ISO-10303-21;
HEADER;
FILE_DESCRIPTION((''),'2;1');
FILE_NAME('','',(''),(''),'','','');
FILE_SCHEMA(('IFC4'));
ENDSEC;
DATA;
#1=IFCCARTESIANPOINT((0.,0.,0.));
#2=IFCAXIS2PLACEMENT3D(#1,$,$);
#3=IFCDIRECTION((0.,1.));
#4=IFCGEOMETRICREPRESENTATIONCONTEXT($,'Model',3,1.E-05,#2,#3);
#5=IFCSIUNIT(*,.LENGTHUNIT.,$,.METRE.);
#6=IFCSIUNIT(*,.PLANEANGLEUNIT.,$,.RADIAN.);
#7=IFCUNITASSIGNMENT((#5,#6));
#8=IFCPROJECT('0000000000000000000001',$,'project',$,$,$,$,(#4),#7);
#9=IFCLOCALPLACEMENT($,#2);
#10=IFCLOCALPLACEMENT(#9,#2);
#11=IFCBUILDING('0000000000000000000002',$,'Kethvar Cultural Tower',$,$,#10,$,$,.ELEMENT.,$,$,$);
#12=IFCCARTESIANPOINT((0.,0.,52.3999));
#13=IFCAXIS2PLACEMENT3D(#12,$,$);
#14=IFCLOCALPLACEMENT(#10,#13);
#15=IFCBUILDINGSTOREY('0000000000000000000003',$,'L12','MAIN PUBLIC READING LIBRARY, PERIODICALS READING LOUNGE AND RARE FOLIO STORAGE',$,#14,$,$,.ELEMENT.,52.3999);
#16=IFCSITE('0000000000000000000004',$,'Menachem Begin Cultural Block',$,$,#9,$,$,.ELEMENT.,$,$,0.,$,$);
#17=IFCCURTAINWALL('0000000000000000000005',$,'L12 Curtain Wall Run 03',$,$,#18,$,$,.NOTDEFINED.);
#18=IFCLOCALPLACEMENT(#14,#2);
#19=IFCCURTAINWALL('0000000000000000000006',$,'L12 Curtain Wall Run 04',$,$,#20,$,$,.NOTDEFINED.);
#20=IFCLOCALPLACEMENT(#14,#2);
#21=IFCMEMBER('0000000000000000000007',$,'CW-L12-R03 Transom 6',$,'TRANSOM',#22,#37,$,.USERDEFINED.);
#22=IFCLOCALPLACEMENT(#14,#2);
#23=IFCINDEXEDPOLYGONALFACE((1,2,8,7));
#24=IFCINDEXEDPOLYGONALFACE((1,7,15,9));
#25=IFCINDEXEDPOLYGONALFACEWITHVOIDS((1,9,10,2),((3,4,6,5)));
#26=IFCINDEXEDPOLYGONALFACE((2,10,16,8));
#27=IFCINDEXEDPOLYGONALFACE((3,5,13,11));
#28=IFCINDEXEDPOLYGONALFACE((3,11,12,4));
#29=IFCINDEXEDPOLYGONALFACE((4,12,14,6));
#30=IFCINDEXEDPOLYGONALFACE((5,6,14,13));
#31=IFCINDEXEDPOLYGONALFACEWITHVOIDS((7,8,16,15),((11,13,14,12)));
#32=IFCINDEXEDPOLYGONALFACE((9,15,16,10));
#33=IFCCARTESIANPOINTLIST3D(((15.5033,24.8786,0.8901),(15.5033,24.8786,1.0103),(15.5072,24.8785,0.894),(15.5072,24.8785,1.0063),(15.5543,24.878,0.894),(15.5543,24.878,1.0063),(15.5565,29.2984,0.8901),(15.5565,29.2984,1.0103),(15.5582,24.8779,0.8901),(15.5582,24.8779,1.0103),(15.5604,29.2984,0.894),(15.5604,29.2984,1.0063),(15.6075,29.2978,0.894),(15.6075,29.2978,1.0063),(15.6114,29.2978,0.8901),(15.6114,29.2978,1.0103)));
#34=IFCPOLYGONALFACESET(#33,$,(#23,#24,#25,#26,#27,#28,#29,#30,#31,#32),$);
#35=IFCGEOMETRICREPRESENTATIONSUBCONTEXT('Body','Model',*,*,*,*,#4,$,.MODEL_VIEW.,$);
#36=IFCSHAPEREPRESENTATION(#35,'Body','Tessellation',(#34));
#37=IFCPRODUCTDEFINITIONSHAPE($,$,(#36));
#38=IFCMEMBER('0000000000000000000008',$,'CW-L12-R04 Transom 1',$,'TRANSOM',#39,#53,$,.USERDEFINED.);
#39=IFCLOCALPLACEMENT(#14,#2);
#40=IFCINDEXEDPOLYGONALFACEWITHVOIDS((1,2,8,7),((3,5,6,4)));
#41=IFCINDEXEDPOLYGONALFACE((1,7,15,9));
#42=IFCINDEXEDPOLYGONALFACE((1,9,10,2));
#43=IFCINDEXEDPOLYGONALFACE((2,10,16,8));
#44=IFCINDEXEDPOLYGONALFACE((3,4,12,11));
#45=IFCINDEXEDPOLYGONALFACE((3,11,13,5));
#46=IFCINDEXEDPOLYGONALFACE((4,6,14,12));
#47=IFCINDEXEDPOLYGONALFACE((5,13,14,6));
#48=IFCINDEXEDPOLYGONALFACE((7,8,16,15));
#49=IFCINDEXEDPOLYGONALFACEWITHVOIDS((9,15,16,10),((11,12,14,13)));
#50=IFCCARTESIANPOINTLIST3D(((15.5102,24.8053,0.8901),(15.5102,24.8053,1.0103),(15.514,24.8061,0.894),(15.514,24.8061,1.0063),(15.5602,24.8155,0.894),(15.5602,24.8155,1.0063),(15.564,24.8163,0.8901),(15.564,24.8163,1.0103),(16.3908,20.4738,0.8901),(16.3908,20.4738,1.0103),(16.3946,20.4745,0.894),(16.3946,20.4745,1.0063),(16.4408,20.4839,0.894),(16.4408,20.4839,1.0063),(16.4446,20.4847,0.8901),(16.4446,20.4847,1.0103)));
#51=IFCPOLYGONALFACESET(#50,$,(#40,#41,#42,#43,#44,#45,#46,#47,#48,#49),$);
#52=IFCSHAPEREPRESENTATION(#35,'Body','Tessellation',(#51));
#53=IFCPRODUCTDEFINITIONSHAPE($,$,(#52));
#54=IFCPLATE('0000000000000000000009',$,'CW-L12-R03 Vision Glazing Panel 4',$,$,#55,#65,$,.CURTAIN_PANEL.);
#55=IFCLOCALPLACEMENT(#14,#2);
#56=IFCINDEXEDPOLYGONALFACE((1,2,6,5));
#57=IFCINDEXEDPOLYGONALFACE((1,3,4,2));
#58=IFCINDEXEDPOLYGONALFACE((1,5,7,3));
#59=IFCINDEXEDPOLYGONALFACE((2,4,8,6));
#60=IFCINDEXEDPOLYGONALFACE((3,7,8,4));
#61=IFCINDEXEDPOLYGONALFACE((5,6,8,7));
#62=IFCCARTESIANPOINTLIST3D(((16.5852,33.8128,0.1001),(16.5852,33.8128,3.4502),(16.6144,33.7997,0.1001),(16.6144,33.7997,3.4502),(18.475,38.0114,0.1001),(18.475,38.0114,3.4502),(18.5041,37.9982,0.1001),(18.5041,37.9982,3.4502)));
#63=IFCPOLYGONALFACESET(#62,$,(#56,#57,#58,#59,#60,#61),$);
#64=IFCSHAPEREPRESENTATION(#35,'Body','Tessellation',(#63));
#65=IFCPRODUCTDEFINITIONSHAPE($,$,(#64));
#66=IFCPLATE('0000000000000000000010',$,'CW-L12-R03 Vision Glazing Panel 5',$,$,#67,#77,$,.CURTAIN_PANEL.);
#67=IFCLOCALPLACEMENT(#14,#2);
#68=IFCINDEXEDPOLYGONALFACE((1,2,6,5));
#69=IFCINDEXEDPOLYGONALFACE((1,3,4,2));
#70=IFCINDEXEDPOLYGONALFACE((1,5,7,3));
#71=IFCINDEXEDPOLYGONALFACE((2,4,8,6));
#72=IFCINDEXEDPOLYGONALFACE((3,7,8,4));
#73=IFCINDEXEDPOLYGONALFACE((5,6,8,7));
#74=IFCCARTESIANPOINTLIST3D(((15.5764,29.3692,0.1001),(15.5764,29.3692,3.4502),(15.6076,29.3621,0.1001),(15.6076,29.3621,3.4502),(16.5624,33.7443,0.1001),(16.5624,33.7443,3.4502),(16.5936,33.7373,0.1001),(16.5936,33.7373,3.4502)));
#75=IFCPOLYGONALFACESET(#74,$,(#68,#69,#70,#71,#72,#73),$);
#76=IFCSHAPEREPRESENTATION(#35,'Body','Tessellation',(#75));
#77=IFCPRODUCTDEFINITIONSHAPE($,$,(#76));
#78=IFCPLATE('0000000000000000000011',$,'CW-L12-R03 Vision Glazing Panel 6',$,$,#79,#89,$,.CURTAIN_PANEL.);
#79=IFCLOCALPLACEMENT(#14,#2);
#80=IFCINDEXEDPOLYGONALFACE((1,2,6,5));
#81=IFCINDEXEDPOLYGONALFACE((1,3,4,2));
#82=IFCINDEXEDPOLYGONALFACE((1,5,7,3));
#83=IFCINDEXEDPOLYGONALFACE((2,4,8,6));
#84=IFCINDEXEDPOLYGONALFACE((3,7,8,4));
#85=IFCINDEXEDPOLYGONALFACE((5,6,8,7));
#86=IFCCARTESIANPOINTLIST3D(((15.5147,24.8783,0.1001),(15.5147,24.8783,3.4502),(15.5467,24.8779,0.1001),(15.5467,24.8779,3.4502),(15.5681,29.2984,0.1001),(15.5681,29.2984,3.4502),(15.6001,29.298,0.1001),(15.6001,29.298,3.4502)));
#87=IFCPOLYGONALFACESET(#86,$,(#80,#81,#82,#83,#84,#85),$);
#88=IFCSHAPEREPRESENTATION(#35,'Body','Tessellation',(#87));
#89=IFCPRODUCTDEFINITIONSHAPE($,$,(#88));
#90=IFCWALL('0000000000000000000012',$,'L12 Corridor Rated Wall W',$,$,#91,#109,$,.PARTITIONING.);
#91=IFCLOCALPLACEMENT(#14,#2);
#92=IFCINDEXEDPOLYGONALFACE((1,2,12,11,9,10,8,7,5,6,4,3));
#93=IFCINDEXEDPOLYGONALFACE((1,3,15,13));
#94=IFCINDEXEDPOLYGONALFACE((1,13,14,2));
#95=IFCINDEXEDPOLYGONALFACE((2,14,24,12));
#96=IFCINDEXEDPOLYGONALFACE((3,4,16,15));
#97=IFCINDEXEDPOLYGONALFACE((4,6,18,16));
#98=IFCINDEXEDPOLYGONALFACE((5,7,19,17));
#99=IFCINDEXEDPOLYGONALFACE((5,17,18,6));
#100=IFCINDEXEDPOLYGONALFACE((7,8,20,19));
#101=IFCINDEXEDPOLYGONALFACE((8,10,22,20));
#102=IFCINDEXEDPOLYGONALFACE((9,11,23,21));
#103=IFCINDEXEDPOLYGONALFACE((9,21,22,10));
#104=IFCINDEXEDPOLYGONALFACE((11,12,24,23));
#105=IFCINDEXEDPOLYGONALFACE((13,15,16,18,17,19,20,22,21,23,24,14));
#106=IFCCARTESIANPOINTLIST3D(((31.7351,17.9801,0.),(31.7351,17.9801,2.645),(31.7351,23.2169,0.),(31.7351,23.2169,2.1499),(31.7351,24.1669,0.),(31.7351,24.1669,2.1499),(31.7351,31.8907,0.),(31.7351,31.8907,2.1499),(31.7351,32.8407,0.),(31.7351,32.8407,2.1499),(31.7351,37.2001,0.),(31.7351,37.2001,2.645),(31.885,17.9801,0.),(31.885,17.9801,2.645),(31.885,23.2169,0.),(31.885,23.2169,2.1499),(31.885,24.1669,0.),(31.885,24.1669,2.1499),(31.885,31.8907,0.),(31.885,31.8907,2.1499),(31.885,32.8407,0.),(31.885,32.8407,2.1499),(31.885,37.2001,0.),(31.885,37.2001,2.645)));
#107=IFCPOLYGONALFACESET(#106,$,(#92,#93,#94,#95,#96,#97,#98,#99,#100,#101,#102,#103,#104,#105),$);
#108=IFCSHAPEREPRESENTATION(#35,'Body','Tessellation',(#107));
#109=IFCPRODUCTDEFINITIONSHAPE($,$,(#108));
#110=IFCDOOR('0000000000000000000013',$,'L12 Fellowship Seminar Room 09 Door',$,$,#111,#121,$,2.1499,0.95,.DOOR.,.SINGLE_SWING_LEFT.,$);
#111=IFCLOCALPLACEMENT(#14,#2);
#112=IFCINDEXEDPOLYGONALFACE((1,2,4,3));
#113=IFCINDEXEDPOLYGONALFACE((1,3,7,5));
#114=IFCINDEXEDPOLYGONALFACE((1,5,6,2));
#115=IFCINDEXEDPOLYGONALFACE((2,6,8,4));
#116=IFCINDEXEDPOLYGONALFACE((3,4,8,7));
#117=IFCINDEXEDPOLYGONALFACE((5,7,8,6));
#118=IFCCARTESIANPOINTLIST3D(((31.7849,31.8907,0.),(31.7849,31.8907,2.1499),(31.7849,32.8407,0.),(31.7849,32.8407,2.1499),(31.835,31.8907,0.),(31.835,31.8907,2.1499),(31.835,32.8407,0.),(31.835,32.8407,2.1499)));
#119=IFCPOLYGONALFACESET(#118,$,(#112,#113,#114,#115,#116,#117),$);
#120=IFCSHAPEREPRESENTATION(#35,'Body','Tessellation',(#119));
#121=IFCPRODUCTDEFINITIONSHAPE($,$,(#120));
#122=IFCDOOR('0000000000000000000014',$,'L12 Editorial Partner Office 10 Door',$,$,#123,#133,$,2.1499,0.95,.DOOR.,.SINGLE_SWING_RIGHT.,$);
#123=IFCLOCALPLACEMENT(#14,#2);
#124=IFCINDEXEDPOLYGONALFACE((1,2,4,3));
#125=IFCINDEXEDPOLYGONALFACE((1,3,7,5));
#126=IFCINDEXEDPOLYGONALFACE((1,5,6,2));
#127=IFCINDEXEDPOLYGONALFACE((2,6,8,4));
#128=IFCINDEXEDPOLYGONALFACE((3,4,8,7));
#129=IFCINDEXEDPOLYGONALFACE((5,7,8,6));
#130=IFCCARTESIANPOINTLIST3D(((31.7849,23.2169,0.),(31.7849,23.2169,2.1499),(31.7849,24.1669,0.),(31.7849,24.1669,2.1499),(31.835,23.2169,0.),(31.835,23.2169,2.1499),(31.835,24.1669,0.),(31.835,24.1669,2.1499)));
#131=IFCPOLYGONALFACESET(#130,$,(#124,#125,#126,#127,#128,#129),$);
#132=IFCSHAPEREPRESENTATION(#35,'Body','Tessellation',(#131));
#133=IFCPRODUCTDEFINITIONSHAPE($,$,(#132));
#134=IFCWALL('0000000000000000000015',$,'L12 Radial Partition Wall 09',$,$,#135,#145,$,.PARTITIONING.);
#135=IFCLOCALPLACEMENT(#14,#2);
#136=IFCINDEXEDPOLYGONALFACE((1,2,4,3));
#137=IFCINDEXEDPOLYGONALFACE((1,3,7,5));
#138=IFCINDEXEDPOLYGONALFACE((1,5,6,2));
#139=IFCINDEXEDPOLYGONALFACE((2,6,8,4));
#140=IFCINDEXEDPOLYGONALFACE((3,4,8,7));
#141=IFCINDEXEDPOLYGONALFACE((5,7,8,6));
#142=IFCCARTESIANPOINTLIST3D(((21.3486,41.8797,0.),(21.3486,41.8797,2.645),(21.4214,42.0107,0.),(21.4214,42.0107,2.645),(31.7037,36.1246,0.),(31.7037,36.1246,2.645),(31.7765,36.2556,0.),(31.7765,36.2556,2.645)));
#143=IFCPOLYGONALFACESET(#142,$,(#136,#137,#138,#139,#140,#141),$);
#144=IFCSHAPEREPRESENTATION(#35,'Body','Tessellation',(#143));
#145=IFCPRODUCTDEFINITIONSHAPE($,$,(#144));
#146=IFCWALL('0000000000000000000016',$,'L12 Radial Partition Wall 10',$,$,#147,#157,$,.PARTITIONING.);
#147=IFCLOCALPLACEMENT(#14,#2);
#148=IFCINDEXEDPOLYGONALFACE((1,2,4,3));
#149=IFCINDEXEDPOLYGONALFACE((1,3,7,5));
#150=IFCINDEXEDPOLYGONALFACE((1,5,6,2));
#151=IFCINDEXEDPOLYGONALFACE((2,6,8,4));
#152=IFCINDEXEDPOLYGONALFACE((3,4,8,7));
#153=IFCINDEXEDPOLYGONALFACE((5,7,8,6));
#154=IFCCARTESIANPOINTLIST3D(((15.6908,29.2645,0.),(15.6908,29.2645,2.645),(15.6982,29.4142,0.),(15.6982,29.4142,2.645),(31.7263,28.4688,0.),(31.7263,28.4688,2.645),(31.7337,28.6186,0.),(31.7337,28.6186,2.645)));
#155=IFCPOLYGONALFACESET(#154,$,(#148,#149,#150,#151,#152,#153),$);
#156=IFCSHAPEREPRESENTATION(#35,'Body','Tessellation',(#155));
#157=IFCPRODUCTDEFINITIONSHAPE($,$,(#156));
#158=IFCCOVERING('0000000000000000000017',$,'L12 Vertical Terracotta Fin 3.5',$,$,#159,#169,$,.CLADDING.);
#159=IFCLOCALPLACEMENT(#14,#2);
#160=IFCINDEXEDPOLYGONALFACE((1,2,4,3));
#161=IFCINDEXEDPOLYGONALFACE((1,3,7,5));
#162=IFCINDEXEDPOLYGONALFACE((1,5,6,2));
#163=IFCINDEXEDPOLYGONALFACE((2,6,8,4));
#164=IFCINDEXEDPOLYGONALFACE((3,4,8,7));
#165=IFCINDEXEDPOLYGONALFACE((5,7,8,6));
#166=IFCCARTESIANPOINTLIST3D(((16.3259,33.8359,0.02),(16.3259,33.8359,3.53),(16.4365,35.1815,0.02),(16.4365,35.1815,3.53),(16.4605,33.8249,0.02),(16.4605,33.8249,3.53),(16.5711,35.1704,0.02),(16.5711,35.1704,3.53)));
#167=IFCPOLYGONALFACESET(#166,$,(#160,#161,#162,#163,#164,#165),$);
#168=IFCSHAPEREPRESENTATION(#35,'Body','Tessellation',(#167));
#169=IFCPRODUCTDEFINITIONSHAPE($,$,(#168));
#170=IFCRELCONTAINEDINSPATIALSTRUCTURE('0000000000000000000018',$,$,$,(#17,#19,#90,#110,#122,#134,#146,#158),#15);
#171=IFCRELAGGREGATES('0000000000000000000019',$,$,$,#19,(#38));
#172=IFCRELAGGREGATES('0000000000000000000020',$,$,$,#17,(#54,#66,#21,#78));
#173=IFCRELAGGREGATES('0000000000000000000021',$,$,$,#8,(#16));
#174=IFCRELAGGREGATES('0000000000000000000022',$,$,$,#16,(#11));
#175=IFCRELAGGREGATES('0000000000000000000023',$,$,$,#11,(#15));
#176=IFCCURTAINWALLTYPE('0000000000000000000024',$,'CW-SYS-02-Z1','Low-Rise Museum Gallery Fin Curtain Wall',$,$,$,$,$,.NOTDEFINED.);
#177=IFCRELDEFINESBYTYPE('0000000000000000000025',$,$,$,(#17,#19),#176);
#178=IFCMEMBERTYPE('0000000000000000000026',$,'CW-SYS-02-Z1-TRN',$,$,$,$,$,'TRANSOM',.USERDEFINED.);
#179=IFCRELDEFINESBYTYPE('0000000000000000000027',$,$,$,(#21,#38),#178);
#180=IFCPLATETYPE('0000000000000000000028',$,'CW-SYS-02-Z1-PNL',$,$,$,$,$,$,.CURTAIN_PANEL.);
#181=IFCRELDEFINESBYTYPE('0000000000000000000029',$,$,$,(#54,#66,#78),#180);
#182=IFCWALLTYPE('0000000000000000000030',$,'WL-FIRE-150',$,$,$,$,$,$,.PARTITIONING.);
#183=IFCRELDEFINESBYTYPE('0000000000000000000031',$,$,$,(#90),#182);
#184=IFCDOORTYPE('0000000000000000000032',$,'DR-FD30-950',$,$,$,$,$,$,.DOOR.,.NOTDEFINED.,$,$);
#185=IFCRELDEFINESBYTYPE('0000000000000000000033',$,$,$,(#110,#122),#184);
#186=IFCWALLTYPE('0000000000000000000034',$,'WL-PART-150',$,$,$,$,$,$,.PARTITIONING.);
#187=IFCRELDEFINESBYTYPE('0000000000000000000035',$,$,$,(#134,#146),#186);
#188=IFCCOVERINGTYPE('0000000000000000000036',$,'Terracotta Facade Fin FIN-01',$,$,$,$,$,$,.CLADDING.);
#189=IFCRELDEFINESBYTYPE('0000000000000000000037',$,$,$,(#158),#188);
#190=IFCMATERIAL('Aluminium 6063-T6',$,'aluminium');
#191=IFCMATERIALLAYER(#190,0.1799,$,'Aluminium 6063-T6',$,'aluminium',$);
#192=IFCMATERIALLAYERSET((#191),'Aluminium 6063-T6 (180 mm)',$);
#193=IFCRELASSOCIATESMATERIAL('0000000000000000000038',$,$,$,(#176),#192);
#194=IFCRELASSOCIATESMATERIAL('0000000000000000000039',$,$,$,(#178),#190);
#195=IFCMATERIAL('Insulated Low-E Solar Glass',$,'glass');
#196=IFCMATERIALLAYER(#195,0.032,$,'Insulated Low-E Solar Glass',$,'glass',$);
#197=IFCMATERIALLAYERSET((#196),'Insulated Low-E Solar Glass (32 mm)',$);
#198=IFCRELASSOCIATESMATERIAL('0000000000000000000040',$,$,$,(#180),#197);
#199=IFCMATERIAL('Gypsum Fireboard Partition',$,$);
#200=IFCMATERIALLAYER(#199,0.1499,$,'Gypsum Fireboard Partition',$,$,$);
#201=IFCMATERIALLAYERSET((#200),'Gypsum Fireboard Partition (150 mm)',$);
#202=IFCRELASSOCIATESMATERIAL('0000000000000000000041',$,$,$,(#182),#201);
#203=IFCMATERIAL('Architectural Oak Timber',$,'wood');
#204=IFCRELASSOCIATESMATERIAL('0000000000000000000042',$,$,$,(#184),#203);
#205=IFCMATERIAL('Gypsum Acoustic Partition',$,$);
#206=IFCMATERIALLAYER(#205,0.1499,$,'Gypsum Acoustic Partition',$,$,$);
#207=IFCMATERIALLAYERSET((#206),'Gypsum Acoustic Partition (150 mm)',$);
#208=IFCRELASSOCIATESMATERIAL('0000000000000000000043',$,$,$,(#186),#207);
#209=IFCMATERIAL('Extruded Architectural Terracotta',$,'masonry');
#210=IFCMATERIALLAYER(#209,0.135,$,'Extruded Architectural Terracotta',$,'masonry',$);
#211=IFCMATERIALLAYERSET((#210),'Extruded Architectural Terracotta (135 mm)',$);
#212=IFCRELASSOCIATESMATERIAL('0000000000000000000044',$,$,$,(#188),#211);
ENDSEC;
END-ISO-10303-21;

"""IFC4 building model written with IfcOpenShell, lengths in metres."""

from ifc_helpers import new_model, si_unit, direction, frame, frame_2d, origin, origin_2d, place, context, subcontext, project, spatial, rectangle, hollow_rectangle, extrude, source, transform, mapped, material, layer, layer_set, material_profile, profile_set, type_object, element, fill, aggregate, save


model = new_model("IFC4")

# Units and contexts
model_context = context("Model", 3, precision=1e-05, world=origin(), true_north=direction((0.0, 1.0)))
body_context = subcontext(model_context, "Body", "Model", "MODEL_VIEW")
ifc_project = project(units=[si_unit("LENGTHUNIT", "METRE"), si_unit("PLANEANGLEUNIT", "RADIAN")], contexts=[model_context])

# Site, building, storey
site_placement = place(None, origin())
site = spatial("IfcSite", under=ifc_project, at=site_placement, Name="Menachem Begin Cultural Block", CompositionType="ELEMENT", RefElevation=0.0)
building_placement = place(site_placement, origin())
building = spatial("IfcBuilding", under=site, at=building_placement, Name="Kethvar Cultural Tower", CompositionType="ELEMENT")
storey_placement = place(building_placement, frame((0.0, 0.0, 52.3999)))
storey = spatial("IfcBuildingStorey", under=building, at=storey_placement, Name="L12", Description="MAIN PUBLIC READING LIBRARY, PERIODICALS READING LOUNGE AND RARE FOLIO STORAGE", CompositionType="ELEMENT", Elevation=52.3999)

# Curtain wall
ifc_material_1 = material(Name="Aluminium 6063-T6", Category="aluminium")
ifc_layer_1 = layer(ifc_material_1, 0.1799, Name="Aluminium 6063-T6", Category="aluminium")
ifc_layer_set_1 = layer_set([ifc_layer_1], Name="Aluminium 6063-T6 (180 mm)")
curtain_wall_type = type_object("IfcCurtainWallType", Name="CW-SYS-02-Z1", Description="Low-Rise Museum Gallery Fin Curtain Wall", PredefinedType="NOTDEFINED", material=ifc_layer_set_1)
curtain_wall_1_placement = place(storey_placement, origin())
curtain_wall_1 = element("IfcCurtainWall", 1, at=curtain_wall_1_placement, inside=storey, type_object=curtain_wall_type, Name="L12 Curtain Wall Run 03", PredefinedType="NOTDEFINED")

# Curtain wall
curtain_wall_2_placement = place(storey_placement, origin())
curtain_wall_2 = element("IfcCurtainWall", 2, at=curtain_wall_2_placement, inside=storey, type_object=curtain_wall_type, Name="L12 Curtain Wall Run 04", PredefinedType="NOTDEFINED")

# Members
ifc_material_profile_1 = material_profile(ifc_material_1, hollow_rectangle(XDim=0.0549, YDim=0.1201, WallThickness=0.0039, at=origin_2d()), Name="Aluminium 6063-T6 — RHS120x55x4")
ifc_profile_set_1 = profile_set([ifc_material_profile_1], Name="Aluminium 6063-T6 — RHS120x55x4")
member_type_1 = type_object("IfcMemberType", Name="CW-SYS-02-Z1-TRN", ElementType="TRANSOM", PredefinedType="USERDEFINED", material=ifc_profile_set_1)
shared_shape_1 = source(origin(), body_context, "Body", "SweptSolid", [
    extrude(hollow_rectangle(XDim=0.0549, YDim=0.1201, WallThickness=0.0039, at=origin_2d()), origin(), (0.0, 0.0, 1.0), 4.4202),
])
member_1_placement = place(storey_placement, frame((15.584, 29.2981, 0.9502), z_axis=(-0.012041, -0.999928, 0.0), x_axis=(0.999928, -0.012041, 0.0)))
member_1 = element("IfcMember", 3, at=member_1_placement, type_object=member_type_1, Name="CW-L12-R03 Transom 6", ObjectType="TRANSOM", PredefinedType="USERDEFINED", context=body_context, shape_type="MappedRepresentation", body=[
    mapped(shared_shape_1, transform((0.0, 0.0, 0.0), scale=1.0)),
])
member_2_placement = place(storey_placement, frame((15.5371, 24.8108, 0.9502), z_axis=(0.199227, -0.979953, 0.0), x_axis=(0.979953, 0.199227, 0.0)))
member_2 = element("IfcMember", 4, at=member_2_placement, type_object=member_type_1, Name="CW-L12-R04 Transom 1", ObjectType="TRANSOM", PredefinedType="USERDEFINED", context=body_context, shape_type="MappedRepresentation", body=[
    mapped(shared_shape_1, transform((0.0, 0.0, 0.0), scale=1.0)),
])
aggregate(curtain_wall_2, [member_2])

# Plates
ifc_material_2 = material(Name="Insulated Low-E Solar Glass", Category="glass")
ifc_layer_2 = layer(ifc_material_2, 0.032, Name="Insulated Low-E Solar Glass", Category="glass")
ifc_layer_set_2 = layer_set([ifc_layer_2], Name="Insulated Low-E Solar Glass (32 mm)")
plate_type = type_object("IfcPlateType", Name="CW-SYS-02-Z1-PNL", PredefinedType="CURTAIN_PANEL", material=ifc_layer_set_2)
shared_shape_2 = source(origin(), body_context, "Body", "SweptSolid", [
    extrude(rectangle(XDim=4.6042, YDim=0.032, at=origin_2d()), origin(), (0.0, 0.0, 1.0), 3.3501),
])
plate_1_placement = place(storey_placement, frame((17.5447, 35.9055, 0.1001), z_axis=(0.0, 0.0, 1.0), x_axis=(-0.410432, -0.911891, 0.0)))
plate_1 = element("IfcPlate", 5, at=plate_1_placement, type_object=plate_type, Name="CW-L12-R03 Vision Glazing Panel 4", PredefinedType="CURTAIN_PANEL", context=body_context, shape_type="MappedRepresentation", body=[
    mapped(shared_shape_2, transform((0.0, 0.0, 0.0), scale=1.0)),
])
shared_shape_3 = source(origin(), body_context, "Body", "SweptSolid", [
    extrude(rectangle(XDim=4.4849, YDim=0.032, at=origin_2d()), origin(), (0.0, 0.0, 1.0), 3.3501),
])
plate_2_placement = place(storey_placement, frame((16.085, 31.5532, 0.1001), z_axis=(0.0, 0.0, 1.0), x_axis=(-0.219846, -0.975535, 0.0)))
plate_2 = element("IfcPlate", 6, at=plate_2_placement, type_object=plate_type, Name="CW-L12-R03 Vision Glazing Panel 5", PredefinedType="CURTAIN_PANEL", context=body_context, shape_type="MappedRepresentation", body=[
    mapped(shared_shape_3, transform((0.0, 0.0, 0.0), scale=1.0)),
])
shared_shape_4 = source(origin(), body_context, "Body", "SweptSolid", [
    extrude(rectangle(XDim=4.4204, YDim=0.032, at=origin_2d()), origin(), (0.0, 0.0, 1.0), 3.3501),
])
plate_3_placement = place(storey_placement, frame((15.5574, 27.0881, 0.1001), z_axis=(0.0, 0.0, 1.0), x_axis=(-0.012077, -0.999927, 0.0)))
plate_3 = element("IfcPlate", 7, at=plate_3_placement, type_object=plate_type, Name="CW-L12-R03 Vision Glazing Panel 6", PredefinedType="CURTAIN_PANEL", context=body_context, shape_type="MappedRepresentation", body=[
    mapped(shared_shape_4, transform((0.0, 0.0, 0.0), scale=1.0)),
])
aggregate(curtain_wall_1, [plate_1, plate_2, member_1, plate_3])

# Wall, openings, doors
ifc_material_3 = material(Name="Gypsum Fireboard Partition")
ifc_layer_3 = layer(ifc_material_3, 0.1499, Name="Gypsum Fireboard Partition")
ifc_layer_set_3 = layer_set([ifc_layer_3], Name="Gypsum Fireboard Partition (150 mm)")
wall_type_1 = type_object("IfcWallType", Name="WL-FIRE-150", PredefinedType="PARTITIONING", material=ifc_layer_set_3)
wall_1_placement = place(storey_placement, frame((31.8101, 37.2, 0.0), z_axis=(0.0, 0.0, 1.0), x_axis=(0.0, -1.0, 0.0)))
wall_1 = element("IfcWall", 8, at=wall_1_placement, inside=storey, type_object=wall_type_1, Name="L12 Corridor Rated Wall W", PredefinedType="PARTITIONING", context=body_context, shape_type="SweptSolid", body=[
    extrude(rectangle(XDim=19.22, YDim=0.1499, at=frame_2d((9.6099, 0.0))), origin(), (0.0, 0.0, 1.0), 2.645),
])
opening_1_placement = place(wall_1_placement, frame((4.3591, 0.0, 0.0)))
opening_1 = element("IfcOpeningElement", 9, at=opening_1_placement, cuts=wall_1, PredefinedType="OPENING", context=body_context, shape_type="SweptSolid", body=[
    extrude(rectangle(XDim=0.95, YDim=2.1499, at=frame_2d((0.4751, 1.075))), frame((0.0, 0.085, 0.0), z_axis=(0.0, -1.0, 0.0), x_axis=(1.0, 0.0, 0.0)), (0.0, 0.0, 1.0), 0.1699),
])
opening_2_placement = place(wall_1_placement, frame((13.033, 0.0, 0.0)))
opening_2 = element("IfcOpeningElement", 10, at=opening_2_placement, cuts=wall_1, PredefinedType="OPENING", context=body_context, shape_type="SweptSolid", body=[
    extrude(rectangle(XDim=0.95, YDim=2.1499, at=frame_2d((0.4751, 1.075))), frame((0.0, 0.085, 0.0), z_axis=(0.0, -1.0, 0.0), x_axis=(1.0, 0.0, 0.0)), (0.0, 0.0, 1.0), 0.1699),
])
ifc_material_4 = material(Name="Architectural Oak Timber", Category="wood")
door_type = type_object("IfcDoorType", Name="DR-FD30-950", OperationType="NOTDEFINED", PredefinedType="DOOR", material=ifc_material_4)
shared_shape_5 = source(origin(), body_context, "Body", "SweptSolid", [
    extrude(rectangle(XDim=0.95, YDim=2.1499, at=frame_2d((0.4751, 1.075))), frame((0.0, 0.0249, 0.0), z_axis=(0.0, -1.0, 0.0), x_axis=(1.0, 0.0, 0.0)), (0.0, 0.0, 1.0), 0.05),
])
door_1_placement = place(opening_1_placement, origin())
door_1 = element("IfcDoor", 11, at=door_1_placement, inside=storey, type_object=door_type, Name="L12 Fellowship Seminar Room 09 Door", OperationType="SINGLE_SWING_LEFT", OverallHeight=2.1499, OverallWidth=0.95, PredefinedType="DOOR", context=body_context, shape_type="MappedRepresentation", body=[
    mapped(shared_shape_5, transform((0.0, 0.0, 0.0), scale=1.0)),
])
fill(opening_1, door_1)
door_2_placement = place(opening_2_placement, origin())
door_2 = element("IfcDoor", 12, at=door_2_placement, inside=storey, type_object=door_type, Name="L12 Editorial Partner Office 10 Door", OperationType="SINGLE_SWING_RIGHT", OverallHeight=2.1499, OverallWidth=0.95, PredefinedType="DOOR", context=body_context, shape_type="MappedRepresentation", body=[
    mapped(shared_shape_5, transform((0.0, 0.0, 0.0), scale=1.0)),
])
fill(opening_2, door_2)

# Walls
ifc_material_5 = material(Name="Gypsum Acoustic Partition")
ifc_layer_4 = layer(ifc_material_5, 0.1499, Name="Gypsum Acoustic Partition")
ifc_layer_set_4 = layer_set([ifc_layer_4], Name="Gypsum Acoustic Partition (150 mm)")
wall_type_2 = type_object("IfcWallType", Name="WL-PART-150", PredefinedType="PARTITIONING", material=ifc_layer_set_4)
wall_2_placement = place(storey_placement, frame((31.74, 36.1902, 0.0), z_axis=(0.0, 0.0, 1.0), x_axis=(-0.874078, 0.485786, 0.0)))
element("IfcWall", 13, at=wall_2_placement, inside=storey, type_object=wall_type_2, Name="L12 Radial Partition Wall 09", PredefinedType="PARTITIONING", context=body_context, shape_type="SweptSolid", body=[
    extrude(rectangle(XDim=11.8469, YDim=0.1499, at=frame_2d((5.9233, 0.0))), origin(), (0.0, 0.0, 1.0), 2.645),
])
wall_3_placement = place(storey_placement, frame((31.73, 28.5437, 0.0), z_axis=(0.0, 0.0, 1.0), x_axis=(-0.998771, 0.049558, 0.0)))
element("IfcWall", 14, at=wall_3_placement, inside=storey, type_object=wall_type_2, Name="L12 Radial Partition Wall 10", PredefinedType="PARTITIONING", context=body_context, shape_type="SweptSolid", body=[
    extrude(rectangle(XDim=16.0552, YDim=0.1499, at=frame_2d((8.0276, 0.0))), origin(), (0.0, 0.0, 1.0), 2.645),
])

# Covering
ifc_material_6 = material(Name="Extruded Architectural Terracotta", Category="masonry")
ifc_layer_5 = layer(ifc_material_6, 0.135, Name="Extruded Architectural Terracotta", Category="masonry")
ifc_layer_set_5 = layer_set([ifc_layer_5], Name="Extruded Architectural Terracotta (135 mm)")
covering_type = type_object("IfcCoveringType", Name="Terracotta Facade Fin FIN-01", PredefinedType="CLADDING", material=ifc_layer_set_5)
shared_shape_6 = source(origin(), body_context, "Body", "SweptSolid", [
    extrude(rectangle(XDim=1.3501, YDim=0.135, at=origin_2d()), origin(), (0.0, 0.0, 1.0), 3.51),
])
for number, where, z_axis, x_axis, name in (
    (15, (16.4485, 34.5032, 0.02), (0.0, 0.0, 1.0), (0.081939, 0.996637, 0.0), "L12 Vertical Terracotta Fin 3.5"),
):
    element("IfcCovering", number, at=place(storey_placement, frame(where, z_axis=z_axis, x_axis=x_axis)), inside=storey, type_object=covering_type, Name=name, PredefinedType="CLADDING", context=body_context, shape_type="MappedRepresentation", body=[
        mapped(shared_shape_6, transform((0.0, 0.0, 0.0), scale=1.0)),
    ])

save(model, "model.ifc")
